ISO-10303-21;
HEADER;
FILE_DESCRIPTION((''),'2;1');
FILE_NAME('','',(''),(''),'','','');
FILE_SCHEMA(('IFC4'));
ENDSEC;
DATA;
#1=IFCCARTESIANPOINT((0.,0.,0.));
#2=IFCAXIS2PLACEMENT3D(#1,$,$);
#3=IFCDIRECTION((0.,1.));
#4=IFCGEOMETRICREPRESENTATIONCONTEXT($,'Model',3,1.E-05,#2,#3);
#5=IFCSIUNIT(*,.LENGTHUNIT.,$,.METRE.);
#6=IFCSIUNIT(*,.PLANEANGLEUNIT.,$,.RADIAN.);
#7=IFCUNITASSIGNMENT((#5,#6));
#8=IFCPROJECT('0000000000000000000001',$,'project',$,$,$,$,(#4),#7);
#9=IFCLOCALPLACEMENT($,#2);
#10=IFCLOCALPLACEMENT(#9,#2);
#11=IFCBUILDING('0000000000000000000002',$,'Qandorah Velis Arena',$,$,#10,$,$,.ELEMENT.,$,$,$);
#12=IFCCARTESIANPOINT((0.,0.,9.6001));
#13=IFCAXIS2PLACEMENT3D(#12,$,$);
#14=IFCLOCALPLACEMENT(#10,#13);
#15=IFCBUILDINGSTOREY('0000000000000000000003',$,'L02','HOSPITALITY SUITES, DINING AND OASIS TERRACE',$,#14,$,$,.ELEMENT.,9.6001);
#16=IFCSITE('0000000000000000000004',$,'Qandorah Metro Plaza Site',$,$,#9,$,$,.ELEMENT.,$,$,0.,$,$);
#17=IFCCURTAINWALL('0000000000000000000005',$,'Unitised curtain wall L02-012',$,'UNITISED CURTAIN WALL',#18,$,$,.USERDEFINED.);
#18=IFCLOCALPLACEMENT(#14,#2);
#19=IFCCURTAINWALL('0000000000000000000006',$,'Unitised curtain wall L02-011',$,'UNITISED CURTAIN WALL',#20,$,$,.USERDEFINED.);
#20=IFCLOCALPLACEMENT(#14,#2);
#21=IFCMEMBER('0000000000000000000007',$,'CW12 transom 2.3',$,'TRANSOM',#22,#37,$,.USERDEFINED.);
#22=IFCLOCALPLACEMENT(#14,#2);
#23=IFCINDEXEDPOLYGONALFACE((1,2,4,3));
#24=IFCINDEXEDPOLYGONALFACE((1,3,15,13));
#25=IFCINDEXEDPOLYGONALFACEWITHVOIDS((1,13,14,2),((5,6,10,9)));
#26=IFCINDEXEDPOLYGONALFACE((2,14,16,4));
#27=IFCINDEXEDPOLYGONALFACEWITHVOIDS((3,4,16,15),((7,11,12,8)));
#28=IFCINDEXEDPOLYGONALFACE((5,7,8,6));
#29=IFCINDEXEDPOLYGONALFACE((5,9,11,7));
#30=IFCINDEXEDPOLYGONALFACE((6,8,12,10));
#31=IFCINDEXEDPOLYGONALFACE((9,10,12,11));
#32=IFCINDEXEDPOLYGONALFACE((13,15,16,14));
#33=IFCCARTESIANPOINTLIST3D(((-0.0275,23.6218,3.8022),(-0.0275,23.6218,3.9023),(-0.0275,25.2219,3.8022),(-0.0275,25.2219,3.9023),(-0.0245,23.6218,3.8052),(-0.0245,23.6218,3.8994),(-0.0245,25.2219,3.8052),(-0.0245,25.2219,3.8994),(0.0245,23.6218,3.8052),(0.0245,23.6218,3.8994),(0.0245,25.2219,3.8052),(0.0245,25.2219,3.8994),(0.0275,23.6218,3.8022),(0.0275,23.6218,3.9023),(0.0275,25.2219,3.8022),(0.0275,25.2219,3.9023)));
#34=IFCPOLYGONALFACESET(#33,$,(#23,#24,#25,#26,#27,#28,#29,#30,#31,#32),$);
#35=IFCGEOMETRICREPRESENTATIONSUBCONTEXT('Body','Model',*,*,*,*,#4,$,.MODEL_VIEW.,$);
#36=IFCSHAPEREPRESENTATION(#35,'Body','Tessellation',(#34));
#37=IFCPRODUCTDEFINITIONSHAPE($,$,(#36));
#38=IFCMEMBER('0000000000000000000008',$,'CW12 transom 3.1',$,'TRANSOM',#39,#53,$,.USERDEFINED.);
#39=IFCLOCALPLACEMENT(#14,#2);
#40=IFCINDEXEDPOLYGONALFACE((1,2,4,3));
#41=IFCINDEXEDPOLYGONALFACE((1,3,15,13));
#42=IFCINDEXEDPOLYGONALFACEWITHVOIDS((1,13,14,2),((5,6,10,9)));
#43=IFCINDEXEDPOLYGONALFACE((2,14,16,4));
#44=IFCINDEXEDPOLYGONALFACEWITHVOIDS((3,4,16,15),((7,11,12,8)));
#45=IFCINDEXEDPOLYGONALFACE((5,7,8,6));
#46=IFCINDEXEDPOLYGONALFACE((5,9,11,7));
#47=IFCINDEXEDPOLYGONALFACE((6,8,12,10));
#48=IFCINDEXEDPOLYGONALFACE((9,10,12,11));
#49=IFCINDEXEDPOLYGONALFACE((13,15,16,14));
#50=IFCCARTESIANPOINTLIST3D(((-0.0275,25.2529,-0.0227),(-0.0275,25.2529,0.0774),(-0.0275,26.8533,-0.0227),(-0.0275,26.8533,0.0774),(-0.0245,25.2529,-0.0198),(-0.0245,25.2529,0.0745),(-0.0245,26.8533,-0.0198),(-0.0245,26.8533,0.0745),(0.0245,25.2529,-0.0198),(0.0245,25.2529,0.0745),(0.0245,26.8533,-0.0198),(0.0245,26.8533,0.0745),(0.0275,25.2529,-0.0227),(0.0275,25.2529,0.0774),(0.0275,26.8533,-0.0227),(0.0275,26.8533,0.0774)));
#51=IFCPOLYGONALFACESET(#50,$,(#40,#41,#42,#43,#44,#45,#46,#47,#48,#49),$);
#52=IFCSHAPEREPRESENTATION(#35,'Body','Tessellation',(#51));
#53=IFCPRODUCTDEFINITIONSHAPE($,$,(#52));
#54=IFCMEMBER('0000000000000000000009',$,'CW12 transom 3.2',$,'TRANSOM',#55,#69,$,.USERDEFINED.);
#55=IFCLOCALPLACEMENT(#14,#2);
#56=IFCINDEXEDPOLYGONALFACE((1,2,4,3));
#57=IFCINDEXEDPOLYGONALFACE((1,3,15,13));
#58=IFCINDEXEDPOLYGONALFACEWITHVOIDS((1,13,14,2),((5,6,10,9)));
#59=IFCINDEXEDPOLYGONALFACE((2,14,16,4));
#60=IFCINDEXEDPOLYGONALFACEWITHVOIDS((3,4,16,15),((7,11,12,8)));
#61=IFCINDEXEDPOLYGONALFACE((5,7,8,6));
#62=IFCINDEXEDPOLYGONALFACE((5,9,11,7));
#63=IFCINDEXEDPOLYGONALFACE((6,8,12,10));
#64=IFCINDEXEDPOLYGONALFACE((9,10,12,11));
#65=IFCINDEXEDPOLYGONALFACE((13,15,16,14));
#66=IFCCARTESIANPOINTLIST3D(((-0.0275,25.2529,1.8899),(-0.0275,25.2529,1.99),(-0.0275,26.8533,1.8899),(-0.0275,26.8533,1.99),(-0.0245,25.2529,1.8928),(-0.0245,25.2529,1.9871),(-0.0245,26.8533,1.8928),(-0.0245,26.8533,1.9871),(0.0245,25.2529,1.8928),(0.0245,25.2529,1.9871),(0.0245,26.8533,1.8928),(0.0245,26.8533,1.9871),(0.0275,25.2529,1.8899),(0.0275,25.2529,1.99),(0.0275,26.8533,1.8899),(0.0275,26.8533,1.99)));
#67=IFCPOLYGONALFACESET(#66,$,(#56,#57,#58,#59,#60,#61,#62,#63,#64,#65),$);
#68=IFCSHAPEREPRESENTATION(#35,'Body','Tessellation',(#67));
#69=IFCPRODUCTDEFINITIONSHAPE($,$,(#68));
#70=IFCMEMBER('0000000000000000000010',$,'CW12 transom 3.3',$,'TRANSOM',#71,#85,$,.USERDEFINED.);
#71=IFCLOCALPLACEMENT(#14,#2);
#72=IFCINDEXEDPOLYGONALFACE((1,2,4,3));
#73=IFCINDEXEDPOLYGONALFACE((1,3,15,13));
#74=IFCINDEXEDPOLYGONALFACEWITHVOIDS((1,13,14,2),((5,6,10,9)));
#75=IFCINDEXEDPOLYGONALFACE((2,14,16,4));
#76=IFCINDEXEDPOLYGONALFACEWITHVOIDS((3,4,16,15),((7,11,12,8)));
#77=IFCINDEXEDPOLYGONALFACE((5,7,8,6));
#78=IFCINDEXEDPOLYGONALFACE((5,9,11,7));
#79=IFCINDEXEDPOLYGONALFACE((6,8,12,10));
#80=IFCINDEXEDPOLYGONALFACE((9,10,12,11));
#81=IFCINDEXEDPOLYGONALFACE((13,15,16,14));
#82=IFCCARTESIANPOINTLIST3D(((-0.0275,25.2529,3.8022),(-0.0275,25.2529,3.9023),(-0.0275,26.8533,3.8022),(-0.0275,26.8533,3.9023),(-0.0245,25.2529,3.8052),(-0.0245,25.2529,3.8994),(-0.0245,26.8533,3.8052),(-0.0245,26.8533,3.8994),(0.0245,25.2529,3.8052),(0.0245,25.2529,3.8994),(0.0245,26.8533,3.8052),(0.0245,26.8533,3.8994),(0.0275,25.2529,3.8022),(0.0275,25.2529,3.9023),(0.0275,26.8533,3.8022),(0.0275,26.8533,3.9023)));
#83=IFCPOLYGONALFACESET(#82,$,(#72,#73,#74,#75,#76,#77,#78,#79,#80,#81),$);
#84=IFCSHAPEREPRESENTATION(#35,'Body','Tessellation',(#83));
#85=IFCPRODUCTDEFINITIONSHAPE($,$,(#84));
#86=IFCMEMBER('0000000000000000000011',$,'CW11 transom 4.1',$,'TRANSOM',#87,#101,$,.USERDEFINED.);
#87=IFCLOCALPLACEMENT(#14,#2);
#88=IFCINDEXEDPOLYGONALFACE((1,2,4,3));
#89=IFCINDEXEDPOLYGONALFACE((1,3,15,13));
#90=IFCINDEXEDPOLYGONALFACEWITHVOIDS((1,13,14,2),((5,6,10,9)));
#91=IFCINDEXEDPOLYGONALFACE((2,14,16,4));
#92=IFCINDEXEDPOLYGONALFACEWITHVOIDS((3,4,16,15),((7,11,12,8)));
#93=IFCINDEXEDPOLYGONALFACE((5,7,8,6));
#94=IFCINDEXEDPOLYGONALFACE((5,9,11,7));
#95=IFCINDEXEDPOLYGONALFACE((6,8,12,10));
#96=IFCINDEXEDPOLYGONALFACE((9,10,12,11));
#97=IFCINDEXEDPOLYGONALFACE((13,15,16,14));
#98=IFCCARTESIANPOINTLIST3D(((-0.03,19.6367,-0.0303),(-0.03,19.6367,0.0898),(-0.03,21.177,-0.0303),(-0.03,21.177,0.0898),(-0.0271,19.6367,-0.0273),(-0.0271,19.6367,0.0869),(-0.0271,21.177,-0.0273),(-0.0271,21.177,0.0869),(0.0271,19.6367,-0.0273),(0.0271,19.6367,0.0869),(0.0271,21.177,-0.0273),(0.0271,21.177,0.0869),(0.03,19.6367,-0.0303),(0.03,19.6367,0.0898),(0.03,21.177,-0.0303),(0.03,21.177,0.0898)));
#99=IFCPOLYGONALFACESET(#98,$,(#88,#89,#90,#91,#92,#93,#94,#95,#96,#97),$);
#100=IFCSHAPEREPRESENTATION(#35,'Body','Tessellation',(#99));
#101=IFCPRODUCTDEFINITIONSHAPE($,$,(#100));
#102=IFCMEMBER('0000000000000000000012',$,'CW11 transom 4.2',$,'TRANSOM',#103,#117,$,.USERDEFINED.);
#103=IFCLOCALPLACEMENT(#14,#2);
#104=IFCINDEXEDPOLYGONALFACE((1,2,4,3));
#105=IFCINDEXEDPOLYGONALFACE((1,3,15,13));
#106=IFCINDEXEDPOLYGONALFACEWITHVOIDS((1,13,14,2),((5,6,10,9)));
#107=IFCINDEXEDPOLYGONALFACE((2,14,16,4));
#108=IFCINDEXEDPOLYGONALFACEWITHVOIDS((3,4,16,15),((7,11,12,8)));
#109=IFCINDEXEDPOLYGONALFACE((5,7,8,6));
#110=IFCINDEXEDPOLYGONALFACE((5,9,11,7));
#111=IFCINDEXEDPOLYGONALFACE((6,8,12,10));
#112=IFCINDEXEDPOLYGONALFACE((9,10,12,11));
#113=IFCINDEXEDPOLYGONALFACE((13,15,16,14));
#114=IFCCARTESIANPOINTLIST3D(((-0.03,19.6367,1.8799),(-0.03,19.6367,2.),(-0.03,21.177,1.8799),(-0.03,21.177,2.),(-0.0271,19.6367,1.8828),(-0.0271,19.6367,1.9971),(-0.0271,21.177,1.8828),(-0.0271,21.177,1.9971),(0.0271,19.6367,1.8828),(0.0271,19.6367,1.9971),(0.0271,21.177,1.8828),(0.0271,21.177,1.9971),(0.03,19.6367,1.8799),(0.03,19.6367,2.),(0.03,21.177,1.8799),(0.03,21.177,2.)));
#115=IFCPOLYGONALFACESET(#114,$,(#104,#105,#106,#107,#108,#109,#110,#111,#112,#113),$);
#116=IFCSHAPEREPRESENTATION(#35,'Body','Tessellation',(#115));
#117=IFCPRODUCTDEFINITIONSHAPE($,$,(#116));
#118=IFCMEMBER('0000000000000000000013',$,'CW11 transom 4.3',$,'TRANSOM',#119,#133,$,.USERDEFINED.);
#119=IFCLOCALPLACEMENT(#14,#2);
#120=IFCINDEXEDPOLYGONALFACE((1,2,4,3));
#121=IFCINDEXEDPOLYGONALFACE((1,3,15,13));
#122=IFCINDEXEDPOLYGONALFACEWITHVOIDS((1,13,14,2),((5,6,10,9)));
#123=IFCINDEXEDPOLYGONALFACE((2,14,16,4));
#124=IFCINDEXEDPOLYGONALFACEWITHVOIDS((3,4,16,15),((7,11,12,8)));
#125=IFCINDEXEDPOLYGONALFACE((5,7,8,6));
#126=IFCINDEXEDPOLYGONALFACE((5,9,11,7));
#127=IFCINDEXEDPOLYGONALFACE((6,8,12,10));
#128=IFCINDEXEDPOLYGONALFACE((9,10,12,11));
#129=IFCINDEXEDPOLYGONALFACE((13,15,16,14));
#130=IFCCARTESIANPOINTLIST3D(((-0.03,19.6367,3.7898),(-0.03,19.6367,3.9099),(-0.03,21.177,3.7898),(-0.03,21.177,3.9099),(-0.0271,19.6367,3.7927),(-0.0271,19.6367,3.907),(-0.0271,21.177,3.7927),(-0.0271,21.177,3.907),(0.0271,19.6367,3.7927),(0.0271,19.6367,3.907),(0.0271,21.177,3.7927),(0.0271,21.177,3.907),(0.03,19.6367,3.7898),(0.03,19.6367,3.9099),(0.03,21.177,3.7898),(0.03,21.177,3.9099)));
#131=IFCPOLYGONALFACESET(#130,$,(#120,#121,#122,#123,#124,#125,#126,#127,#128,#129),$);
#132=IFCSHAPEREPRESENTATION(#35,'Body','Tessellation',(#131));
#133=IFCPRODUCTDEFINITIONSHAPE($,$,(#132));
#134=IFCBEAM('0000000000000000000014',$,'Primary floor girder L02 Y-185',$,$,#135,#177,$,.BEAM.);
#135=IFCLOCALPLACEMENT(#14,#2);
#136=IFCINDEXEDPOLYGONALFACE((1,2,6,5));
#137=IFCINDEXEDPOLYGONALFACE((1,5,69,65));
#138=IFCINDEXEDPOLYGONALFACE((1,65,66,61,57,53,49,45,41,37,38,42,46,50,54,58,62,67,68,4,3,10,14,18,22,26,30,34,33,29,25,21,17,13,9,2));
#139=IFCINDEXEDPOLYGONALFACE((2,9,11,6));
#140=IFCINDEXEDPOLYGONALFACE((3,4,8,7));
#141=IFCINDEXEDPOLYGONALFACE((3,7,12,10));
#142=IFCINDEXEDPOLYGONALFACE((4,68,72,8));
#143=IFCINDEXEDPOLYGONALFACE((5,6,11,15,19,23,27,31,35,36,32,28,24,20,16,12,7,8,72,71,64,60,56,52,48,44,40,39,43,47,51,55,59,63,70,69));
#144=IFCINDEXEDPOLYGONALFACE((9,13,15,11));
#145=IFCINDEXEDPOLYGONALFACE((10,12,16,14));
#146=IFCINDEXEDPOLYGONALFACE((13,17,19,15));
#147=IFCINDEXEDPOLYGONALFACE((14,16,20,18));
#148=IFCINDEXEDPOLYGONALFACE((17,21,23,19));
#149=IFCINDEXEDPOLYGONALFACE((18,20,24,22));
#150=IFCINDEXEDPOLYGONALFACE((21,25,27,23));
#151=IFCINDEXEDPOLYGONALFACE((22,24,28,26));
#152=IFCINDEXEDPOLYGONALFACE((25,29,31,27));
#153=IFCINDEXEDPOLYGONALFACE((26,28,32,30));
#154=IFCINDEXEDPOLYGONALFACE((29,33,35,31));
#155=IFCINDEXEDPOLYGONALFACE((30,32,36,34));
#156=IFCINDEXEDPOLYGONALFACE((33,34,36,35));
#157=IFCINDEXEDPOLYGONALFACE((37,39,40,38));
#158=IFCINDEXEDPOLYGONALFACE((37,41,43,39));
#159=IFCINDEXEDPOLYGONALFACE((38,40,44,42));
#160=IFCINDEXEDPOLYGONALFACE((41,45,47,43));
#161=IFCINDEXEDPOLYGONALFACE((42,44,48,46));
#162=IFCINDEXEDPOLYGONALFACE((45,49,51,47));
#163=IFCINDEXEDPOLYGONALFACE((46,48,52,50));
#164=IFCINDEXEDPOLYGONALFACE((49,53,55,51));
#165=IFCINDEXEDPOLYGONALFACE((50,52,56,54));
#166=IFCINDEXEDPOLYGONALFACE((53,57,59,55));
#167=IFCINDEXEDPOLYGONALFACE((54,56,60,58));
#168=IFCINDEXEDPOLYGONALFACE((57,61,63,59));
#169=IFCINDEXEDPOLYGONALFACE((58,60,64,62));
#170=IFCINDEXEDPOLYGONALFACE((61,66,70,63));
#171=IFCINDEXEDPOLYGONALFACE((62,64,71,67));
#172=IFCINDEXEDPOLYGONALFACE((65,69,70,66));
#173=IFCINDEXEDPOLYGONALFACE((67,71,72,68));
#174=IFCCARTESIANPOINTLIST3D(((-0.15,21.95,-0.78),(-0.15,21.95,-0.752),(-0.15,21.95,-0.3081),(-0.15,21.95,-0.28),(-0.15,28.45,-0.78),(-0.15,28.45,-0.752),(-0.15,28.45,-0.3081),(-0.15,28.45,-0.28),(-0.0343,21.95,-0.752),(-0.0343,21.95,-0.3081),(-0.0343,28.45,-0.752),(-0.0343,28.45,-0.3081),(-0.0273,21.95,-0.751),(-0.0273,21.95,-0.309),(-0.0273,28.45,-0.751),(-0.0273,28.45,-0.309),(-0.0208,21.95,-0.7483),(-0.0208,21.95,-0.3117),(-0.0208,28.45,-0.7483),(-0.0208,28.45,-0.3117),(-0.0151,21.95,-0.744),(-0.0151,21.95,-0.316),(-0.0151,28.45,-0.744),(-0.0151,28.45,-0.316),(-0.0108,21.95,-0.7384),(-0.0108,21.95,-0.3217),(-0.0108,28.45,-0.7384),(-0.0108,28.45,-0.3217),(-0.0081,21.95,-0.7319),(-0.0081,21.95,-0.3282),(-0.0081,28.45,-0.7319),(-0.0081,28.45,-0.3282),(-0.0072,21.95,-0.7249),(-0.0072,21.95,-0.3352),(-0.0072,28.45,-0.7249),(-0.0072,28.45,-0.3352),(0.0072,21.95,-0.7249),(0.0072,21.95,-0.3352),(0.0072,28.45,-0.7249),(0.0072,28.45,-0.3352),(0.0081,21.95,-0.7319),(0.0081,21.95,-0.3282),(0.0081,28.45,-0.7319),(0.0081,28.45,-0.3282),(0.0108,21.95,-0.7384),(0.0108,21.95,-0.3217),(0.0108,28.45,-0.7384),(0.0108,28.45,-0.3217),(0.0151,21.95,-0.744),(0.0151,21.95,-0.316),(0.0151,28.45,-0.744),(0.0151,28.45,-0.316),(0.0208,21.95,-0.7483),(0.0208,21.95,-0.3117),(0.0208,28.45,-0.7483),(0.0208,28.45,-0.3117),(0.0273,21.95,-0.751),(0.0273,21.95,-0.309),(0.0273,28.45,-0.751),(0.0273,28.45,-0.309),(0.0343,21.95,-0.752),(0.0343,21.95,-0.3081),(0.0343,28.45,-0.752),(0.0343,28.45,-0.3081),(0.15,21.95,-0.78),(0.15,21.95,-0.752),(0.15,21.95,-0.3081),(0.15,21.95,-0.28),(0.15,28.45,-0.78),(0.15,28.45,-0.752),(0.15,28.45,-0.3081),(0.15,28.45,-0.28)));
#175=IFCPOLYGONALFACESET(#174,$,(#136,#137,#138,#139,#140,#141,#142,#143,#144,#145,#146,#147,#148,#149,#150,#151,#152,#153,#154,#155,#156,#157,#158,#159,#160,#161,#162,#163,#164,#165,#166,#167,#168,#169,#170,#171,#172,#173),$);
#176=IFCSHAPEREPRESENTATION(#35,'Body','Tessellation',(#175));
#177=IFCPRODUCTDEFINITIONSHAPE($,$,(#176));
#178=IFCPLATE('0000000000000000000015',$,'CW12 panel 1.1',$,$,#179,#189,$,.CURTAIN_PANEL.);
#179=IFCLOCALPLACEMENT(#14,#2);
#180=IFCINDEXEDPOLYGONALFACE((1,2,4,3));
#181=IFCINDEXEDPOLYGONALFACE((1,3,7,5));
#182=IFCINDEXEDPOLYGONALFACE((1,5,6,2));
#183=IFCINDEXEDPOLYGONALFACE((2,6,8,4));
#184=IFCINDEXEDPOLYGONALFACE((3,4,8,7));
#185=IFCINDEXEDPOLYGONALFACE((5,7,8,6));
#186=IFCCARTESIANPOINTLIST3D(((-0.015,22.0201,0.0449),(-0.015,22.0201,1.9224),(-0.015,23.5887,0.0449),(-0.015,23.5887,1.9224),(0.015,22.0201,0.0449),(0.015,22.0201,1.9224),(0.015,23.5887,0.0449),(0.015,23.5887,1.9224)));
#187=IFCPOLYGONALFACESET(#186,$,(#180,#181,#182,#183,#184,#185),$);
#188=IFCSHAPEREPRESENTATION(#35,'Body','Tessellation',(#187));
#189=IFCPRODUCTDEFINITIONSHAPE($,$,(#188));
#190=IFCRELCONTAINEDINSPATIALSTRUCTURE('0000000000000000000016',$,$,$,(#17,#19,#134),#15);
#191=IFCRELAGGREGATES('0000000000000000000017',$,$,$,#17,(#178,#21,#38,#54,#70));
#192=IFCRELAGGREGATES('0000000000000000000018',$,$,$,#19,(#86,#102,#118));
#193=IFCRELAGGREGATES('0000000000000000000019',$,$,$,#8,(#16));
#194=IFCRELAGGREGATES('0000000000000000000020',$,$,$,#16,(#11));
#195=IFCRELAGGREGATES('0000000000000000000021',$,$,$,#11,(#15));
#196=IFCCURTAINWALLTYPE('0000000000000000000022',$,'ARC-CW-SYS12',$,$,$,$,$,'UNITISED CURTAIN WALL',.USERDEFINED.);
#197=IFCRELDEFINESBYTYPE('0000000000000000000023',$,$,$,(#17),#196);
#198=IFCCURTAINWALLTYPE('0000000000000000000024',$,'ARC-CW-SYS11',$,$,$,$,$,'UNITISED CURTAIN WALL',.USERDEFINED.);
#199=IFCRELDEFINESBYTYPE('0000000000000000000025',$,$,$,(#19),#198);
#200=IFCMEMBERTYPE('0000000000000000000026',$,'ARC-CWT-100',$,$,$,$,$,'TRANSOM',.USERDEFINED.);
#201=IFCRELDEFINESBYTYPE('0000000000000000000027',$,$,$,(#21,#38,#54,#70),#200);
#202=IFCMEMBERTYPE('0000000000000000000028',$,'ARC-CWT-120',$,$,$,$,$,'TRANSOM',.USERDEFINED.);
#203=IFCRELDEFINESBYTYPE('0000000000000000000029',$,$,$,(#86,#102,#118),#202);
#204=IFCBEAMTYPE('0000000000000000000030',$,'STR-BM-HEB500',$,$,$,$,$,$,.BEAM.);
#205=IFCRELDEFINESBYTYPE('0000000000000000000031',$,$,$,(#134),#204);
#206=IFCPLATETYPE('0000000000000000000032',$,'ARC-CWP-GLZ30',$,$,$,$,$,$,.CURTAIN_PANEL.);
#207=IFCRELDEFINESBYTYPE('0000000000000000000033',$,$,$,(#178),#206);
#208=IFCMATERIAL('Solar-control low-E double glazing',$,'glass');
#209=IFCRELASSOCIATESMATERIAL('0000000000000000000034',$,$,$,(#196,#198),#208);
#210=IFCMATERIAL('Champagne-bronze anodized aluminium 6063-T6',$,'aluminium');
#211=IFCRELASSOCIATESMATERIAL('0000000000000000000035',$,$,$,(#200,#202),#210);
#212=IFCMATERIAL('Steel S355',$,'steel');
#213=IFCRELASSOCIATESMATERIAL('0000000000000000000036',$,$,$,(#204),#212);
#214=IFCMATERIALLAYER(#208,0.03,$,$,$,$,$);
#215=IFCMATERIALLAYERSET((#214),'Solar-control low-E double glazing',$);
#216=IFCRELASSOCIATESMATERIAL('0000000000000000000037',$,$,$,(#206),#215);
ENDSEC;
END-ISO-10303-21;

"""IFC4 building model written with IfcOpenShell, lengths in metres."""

from ifc_helpers import new_model, si_unit, direction, frame, origin, origin_2d, place, context, subcontext, project, spatial, rectangle, hollow_rectangle, i_section, extrude, material, layer, layer_set, material_profile, profile_set, type_object, element, aggregate, save


model = new_model("IFC4")

# Units and contexts
model_context = context("Model", 3, precision=1e-05, world=origin(), true_north=direction((0.0, 1.0)))
body_context = subcontext(model_context, "Body", "Model", "MODEL_VIEW")
ifc_project = project(units=[si_unit("LENGTHUNIT", "METRE"), si_unit("PLANEANGLEUNIT", "RADIAN")], contexts=[model_context])

# Site, building, storey
site_placement = place(None, origin())
site = spatial("IfcSite", under=ifc_project, at=site_placement, Name="Qandorah Metro Plaza Site", CompositionType="ELEMENT", RefElevation=0.0)
building_placement = place(site_placement, origin())
building = spatial("IfcBuilding", under=site, at=building_placement, Name="Qandorah Velis Arena", CompositionType="ELEMENT")
storey_placement = place(building_placement, frame((0.0, 0.0, 9.6001)))
storey = spatial("IfcBuildingStorey", under=building, at=storey_placement, Name="L02", Description="HOSPITALITY SUITES, DINING AND OASIS TERRACE", CompositionType="ELEMENT", Elevation=9.6001)

# Curtain walls
ifc_material_1 = material(Name="Solar-control low-E double glazing", Category="glass")
curtain_wall_type_1 = type_object("IfcCurtainWallType", Name="ARC-CW-SYS12", ElementType="UNITISED CURTAIN WALL", PredefinedType="USERDEFINED", material=ifc_material_1)
curtain_wall_1_placement = place(storey_placement, origin())
curtain_wall_1 = element("IfcCurtainWall", 1, at=curtain_wall_1_placement, inside=storey, type_object=curtain_wall_type_1, Name="Unitised curtain wall L02-012", ObjectType="UNITISED CURTAIN WALL", PredefinedType="USERDEFINED")
ifc_material_2 = material(Name="Champagne-bronze anodized aluminium 6063-T6", Category="aluminium")
curtain_wall_type_2 = type_object("IfcCurtainWallType", Name="ARC-CW-SYS11", ElementType="UNITISED CURTAIN WALL", PredefinedType="USERDEFINED", material=ifc_material_1)
curtain_wall_2_placement = place(storey_placement, origin())
curtain_wall_2 = element("IfcCurtainWall", 2, at=curtain_wall_2_placement, inside=storey, type_object=curtain_wall_type_2, Name="Unitised curtain wall L02-011", ObjectType="UNITISED CURTAIN WALL", PredefinedType="USERDEFINED")

# Members
ifc_material_profile_1 = material_profile(ifc_material_2, hollow_rectangle(XDim=0.0549, YDim=0.1001, WallThickness=0.0029, at=origin_2d()), Name="ALU TRANSOM 55x100")
ifc_profile_set_1 = profile_set([ifc_material_profile_1], Name="Champagne-bronze anodized aluminium 6063-T6")
member_type_1 = type_object("IfcMemberType", Name="ARC-CWT-100", ElementType="TRANSOM", PredefinedType="USERDEFINED", material=ifc_profile_set_1)
member_1_placement = place(storey_placement, frame((0.0, 23.6218, 3.8523), z_axis=(0.0, 1.0, 0.0), x_axis=(-1.0, 0.0, 0.0)))
member_1 = element("IfcMember", 3, at=member_1_placement, type_object=member_type_1, Name="CW12 transom 2.3", ObjectType="TRANSOM", PredefinedType="USERDEFINED", context=body_context, shape_type="SweptSolid", body=[
    extrude(hollow_rectangle(XDim=0.0549, YDim=0.1001, WallThickness=0.0029, at=origin_2d()), origin(), (0.0, 0.0, 1.0), 1.6001),
])
member_2_placement = place(storey_placement, frame((0.0, 25.2529, 0.0273), z_axis=(0.0, 1.0, 0.0), x_axis=(-1.0, 0.0, 0.0)))
member_2 = element("IfcMember", 4, at=member_2_placement, type_object=member_type_1, Name="CW12 transom 3.1", ObjectType="TRANSOM", PredefinedType="USERDEFINED", context=body_context, shape_type="SweptSolid", body=[
    extrude(hollow_rectangle(XDim=0.0549, YDim=0.1001, WallThickness=0.0029, at=origin_2d()), origin(), (0.0, 0.0, 1.0), 1.6003),
])
member_3_placement = place(storey_placement, frame((0.0, 25.2529, 1.9399), z_axis=(0.0, 1.0, 0.0), x_axis=(-1.0, 0.0, 0.0)))
member_3 = element("IfcMember", 5, at=member_3_placement, type_object=member_type_1, Name="CW12 transom 3.2", ObjectType="TRANSOM", PredefinedType="USERDEFINED", context=body_context, shape_type="SweptSolid", body=[
    extrude(hollow_rectangle(XDim=0.0549, YDim=0.1001, WallThickness=0.0029, at=origin_2d()), origin(), (0.0, 0.0, 1.0), 1.6003),
])
member_4_placement = place(storey_placement, frame((0.0, 25.2529, 3.8523), z_axis=(0.0, 1.0, 0.0), x_axis=(-1.0, 0.0, 0.0)))
member_4 = element("IfcMember", 6, at=member_4_placement, type_object=member_type_1, Name="CW12 transom 3.3", ObjectType="TRANSOM", PredefinedType="USERDEFINED", context=body_context, shape_type="SweptSolid", body=[
    extrude(hollow_rectangle(XDim=0.0549, YDim=0.1001, WallThickness=0.0029, at=origin_2d()), origin(), (0.0, 0.0, 1.0), 1.6003),
])
ifc_material_profile_2 = material_profile(ifc_material_2, hollow_rectangle(XDim=0.0601, YDim=0.1201, WallThickness=0.0029, at=origin_2d()), Name="ALU TRANSOM 60x120")
ifc_profile_set_2 = profile_set([ifc_material_profile_2], Name="Champagne-bronze anodized aluminium 6063-T6")
member_type_2 = type_object("IfcMemberType", Name="ARC-CWT-120", ElementType="TRANSOM", PredefinedType="USERDEFINED", material=ifc_profile_set_2)
member_5_placement = place(storey_placement, frame((0.0, 19.6367, 0.0298), z_axis=(0.0, 1.0, 0.0), x_axis=(-1.0, 0.0, 0.0)))
member_5 = element("IfcMember", 7, at=member_5_placement, type_object=member_type_2, Name="CW11 transom 4.1", ObjectType="TRANSOM", PredefinedType="USERDEFINED", context=body_context, shape_type="SweptSolid", body=[
    extrude(hollow_rectangle(XDim=0.0601, YDim=0.1201, WallThickness=0.0029, at=origin_2d()), origin(), (0.0, 0.0, 1.0), 1.5403),
])
member_6_placement = place(storey_placement, frame((0.0, 19.6367, 1.9399), z_axis=(0.0, 1.0, 0.0), x_axis=(-1.0, 0.0, 0.0)))
member_6 = element("IfcMember", 8, at=member_6_placement, type_object=member_type_2, Name="CW11 transom 4.2", ObjectType="TRANSOM", PredefinedType="USERDEFINED", context=body_context, shape_type="SweptSolid", body=[
    extrude(hollow_rectangle(XDim=0.0601, YDim=0.1201, WallThickness=0.0029, at=origin_2d()), origin(), (0.0, 0.0, 1.0), 1.5403),
])
member_7_placement = place(storey_placement, frame((0.0, 19.6367, 3.8499), z_axis=(0.0, 1.0, 0.0), x_axis=(-1.0, 0.0, 0.0)))
member_7 = element("IfcMember", 9, at=member_7_placement, type_object=member_type_2, Name="CW11 transom 4.3", ObjectType="TRANSOM", PredefinedType="USERDEFINED", context=body_context, shape_type="SweptSolid", body=[
    extrude(hollow_rectangle(XDim=0.0601, YDim=0.1201, WallThickness=0.0029, at=origin_2d()), origin(), (0.0, 0.0, 1.0), 1.5403),
])

# Beam
ifc_material_3 = material(Name="Steel S355", Category="steel")
ifc_material_profile_3 = material_profile(ifc_material_3, i_section(OverallWidth=0.3, OverallDepth=0.5, WebThickness=0.0144, FlangeThickness=0.0281, FilletRadius=0.0271, at=origin_2d()), Name="HEB 500")
ifc_profile_set_3 = profile_set([ifc_material_profile_3], Name="Steel S355")
beam_type = type_object("IfcBeamType", Name="STR-BM-HEB500", PredefinedType="BEAM", material=ifc_profile_set_3)
beam_placement = place(storey_placement, frame((0.0, 21.95, -0.53), z_axis=(0.0, 1.0, 0.0), x_axis=(-1.0, 0.0, 0.0)))
element("IfcBeam", 10, at=beam_placement, inside=storey, type_object=beam_type, Name="Primary floor girder L02 Y-185", PredefinedType="BEAM", context=body_context, shape_type="SweptSolid", body=[
    extrude(i_section(OverallWidth=0.3, OverallDepth=0.5, WebThickness=0.0144, FlangeThickness=0.0281, FilletRadius=0.0271, at=origin_2d()), origin(), (0.0, 0.0, 1.0), 6.5),
])

# Plate
ifc_layer_1 = layer(ifc_material_1, 0.03)
ifc_layer_set_1 = layer_set([ifc_layer_1], Name="Solar-control low-E double glazing")
plate_type_1 = type_object("IfcPlateType", Name="ARC-CWP-GLZ30", PredefinedType="CURTAIN_PANEL", material=ifc_layer_set_1)
plate_1_placement = place(storey_placement, frame((0.0, 22.8044, 0.0449), z_axis=(0.0, 0.0, 1.0), x_axis=(0.0, 1.0, 0.0)))
plate_1 = element("IfcPlate", 11, at=plate_1_placement, type_object=plate_type_1, Name="CW12 panel 1.1", PredefinedType="CURTAIN_PANEL", context=body_context, shape_type="SweptSolid", body=[
    extrude(rectangle(XDim=1.5686, YDim=0.03, at=origin_2d()), origin(), (0.0, 0.0, 1.0), 1.8774),
])
aggregate(curtain_wall_1, [plate_1, member_1, member_2, member_3, member_4])
aggregate(curtain_wall_2, [member_5, member_6, member_7])

save(model, "model.ifc")
